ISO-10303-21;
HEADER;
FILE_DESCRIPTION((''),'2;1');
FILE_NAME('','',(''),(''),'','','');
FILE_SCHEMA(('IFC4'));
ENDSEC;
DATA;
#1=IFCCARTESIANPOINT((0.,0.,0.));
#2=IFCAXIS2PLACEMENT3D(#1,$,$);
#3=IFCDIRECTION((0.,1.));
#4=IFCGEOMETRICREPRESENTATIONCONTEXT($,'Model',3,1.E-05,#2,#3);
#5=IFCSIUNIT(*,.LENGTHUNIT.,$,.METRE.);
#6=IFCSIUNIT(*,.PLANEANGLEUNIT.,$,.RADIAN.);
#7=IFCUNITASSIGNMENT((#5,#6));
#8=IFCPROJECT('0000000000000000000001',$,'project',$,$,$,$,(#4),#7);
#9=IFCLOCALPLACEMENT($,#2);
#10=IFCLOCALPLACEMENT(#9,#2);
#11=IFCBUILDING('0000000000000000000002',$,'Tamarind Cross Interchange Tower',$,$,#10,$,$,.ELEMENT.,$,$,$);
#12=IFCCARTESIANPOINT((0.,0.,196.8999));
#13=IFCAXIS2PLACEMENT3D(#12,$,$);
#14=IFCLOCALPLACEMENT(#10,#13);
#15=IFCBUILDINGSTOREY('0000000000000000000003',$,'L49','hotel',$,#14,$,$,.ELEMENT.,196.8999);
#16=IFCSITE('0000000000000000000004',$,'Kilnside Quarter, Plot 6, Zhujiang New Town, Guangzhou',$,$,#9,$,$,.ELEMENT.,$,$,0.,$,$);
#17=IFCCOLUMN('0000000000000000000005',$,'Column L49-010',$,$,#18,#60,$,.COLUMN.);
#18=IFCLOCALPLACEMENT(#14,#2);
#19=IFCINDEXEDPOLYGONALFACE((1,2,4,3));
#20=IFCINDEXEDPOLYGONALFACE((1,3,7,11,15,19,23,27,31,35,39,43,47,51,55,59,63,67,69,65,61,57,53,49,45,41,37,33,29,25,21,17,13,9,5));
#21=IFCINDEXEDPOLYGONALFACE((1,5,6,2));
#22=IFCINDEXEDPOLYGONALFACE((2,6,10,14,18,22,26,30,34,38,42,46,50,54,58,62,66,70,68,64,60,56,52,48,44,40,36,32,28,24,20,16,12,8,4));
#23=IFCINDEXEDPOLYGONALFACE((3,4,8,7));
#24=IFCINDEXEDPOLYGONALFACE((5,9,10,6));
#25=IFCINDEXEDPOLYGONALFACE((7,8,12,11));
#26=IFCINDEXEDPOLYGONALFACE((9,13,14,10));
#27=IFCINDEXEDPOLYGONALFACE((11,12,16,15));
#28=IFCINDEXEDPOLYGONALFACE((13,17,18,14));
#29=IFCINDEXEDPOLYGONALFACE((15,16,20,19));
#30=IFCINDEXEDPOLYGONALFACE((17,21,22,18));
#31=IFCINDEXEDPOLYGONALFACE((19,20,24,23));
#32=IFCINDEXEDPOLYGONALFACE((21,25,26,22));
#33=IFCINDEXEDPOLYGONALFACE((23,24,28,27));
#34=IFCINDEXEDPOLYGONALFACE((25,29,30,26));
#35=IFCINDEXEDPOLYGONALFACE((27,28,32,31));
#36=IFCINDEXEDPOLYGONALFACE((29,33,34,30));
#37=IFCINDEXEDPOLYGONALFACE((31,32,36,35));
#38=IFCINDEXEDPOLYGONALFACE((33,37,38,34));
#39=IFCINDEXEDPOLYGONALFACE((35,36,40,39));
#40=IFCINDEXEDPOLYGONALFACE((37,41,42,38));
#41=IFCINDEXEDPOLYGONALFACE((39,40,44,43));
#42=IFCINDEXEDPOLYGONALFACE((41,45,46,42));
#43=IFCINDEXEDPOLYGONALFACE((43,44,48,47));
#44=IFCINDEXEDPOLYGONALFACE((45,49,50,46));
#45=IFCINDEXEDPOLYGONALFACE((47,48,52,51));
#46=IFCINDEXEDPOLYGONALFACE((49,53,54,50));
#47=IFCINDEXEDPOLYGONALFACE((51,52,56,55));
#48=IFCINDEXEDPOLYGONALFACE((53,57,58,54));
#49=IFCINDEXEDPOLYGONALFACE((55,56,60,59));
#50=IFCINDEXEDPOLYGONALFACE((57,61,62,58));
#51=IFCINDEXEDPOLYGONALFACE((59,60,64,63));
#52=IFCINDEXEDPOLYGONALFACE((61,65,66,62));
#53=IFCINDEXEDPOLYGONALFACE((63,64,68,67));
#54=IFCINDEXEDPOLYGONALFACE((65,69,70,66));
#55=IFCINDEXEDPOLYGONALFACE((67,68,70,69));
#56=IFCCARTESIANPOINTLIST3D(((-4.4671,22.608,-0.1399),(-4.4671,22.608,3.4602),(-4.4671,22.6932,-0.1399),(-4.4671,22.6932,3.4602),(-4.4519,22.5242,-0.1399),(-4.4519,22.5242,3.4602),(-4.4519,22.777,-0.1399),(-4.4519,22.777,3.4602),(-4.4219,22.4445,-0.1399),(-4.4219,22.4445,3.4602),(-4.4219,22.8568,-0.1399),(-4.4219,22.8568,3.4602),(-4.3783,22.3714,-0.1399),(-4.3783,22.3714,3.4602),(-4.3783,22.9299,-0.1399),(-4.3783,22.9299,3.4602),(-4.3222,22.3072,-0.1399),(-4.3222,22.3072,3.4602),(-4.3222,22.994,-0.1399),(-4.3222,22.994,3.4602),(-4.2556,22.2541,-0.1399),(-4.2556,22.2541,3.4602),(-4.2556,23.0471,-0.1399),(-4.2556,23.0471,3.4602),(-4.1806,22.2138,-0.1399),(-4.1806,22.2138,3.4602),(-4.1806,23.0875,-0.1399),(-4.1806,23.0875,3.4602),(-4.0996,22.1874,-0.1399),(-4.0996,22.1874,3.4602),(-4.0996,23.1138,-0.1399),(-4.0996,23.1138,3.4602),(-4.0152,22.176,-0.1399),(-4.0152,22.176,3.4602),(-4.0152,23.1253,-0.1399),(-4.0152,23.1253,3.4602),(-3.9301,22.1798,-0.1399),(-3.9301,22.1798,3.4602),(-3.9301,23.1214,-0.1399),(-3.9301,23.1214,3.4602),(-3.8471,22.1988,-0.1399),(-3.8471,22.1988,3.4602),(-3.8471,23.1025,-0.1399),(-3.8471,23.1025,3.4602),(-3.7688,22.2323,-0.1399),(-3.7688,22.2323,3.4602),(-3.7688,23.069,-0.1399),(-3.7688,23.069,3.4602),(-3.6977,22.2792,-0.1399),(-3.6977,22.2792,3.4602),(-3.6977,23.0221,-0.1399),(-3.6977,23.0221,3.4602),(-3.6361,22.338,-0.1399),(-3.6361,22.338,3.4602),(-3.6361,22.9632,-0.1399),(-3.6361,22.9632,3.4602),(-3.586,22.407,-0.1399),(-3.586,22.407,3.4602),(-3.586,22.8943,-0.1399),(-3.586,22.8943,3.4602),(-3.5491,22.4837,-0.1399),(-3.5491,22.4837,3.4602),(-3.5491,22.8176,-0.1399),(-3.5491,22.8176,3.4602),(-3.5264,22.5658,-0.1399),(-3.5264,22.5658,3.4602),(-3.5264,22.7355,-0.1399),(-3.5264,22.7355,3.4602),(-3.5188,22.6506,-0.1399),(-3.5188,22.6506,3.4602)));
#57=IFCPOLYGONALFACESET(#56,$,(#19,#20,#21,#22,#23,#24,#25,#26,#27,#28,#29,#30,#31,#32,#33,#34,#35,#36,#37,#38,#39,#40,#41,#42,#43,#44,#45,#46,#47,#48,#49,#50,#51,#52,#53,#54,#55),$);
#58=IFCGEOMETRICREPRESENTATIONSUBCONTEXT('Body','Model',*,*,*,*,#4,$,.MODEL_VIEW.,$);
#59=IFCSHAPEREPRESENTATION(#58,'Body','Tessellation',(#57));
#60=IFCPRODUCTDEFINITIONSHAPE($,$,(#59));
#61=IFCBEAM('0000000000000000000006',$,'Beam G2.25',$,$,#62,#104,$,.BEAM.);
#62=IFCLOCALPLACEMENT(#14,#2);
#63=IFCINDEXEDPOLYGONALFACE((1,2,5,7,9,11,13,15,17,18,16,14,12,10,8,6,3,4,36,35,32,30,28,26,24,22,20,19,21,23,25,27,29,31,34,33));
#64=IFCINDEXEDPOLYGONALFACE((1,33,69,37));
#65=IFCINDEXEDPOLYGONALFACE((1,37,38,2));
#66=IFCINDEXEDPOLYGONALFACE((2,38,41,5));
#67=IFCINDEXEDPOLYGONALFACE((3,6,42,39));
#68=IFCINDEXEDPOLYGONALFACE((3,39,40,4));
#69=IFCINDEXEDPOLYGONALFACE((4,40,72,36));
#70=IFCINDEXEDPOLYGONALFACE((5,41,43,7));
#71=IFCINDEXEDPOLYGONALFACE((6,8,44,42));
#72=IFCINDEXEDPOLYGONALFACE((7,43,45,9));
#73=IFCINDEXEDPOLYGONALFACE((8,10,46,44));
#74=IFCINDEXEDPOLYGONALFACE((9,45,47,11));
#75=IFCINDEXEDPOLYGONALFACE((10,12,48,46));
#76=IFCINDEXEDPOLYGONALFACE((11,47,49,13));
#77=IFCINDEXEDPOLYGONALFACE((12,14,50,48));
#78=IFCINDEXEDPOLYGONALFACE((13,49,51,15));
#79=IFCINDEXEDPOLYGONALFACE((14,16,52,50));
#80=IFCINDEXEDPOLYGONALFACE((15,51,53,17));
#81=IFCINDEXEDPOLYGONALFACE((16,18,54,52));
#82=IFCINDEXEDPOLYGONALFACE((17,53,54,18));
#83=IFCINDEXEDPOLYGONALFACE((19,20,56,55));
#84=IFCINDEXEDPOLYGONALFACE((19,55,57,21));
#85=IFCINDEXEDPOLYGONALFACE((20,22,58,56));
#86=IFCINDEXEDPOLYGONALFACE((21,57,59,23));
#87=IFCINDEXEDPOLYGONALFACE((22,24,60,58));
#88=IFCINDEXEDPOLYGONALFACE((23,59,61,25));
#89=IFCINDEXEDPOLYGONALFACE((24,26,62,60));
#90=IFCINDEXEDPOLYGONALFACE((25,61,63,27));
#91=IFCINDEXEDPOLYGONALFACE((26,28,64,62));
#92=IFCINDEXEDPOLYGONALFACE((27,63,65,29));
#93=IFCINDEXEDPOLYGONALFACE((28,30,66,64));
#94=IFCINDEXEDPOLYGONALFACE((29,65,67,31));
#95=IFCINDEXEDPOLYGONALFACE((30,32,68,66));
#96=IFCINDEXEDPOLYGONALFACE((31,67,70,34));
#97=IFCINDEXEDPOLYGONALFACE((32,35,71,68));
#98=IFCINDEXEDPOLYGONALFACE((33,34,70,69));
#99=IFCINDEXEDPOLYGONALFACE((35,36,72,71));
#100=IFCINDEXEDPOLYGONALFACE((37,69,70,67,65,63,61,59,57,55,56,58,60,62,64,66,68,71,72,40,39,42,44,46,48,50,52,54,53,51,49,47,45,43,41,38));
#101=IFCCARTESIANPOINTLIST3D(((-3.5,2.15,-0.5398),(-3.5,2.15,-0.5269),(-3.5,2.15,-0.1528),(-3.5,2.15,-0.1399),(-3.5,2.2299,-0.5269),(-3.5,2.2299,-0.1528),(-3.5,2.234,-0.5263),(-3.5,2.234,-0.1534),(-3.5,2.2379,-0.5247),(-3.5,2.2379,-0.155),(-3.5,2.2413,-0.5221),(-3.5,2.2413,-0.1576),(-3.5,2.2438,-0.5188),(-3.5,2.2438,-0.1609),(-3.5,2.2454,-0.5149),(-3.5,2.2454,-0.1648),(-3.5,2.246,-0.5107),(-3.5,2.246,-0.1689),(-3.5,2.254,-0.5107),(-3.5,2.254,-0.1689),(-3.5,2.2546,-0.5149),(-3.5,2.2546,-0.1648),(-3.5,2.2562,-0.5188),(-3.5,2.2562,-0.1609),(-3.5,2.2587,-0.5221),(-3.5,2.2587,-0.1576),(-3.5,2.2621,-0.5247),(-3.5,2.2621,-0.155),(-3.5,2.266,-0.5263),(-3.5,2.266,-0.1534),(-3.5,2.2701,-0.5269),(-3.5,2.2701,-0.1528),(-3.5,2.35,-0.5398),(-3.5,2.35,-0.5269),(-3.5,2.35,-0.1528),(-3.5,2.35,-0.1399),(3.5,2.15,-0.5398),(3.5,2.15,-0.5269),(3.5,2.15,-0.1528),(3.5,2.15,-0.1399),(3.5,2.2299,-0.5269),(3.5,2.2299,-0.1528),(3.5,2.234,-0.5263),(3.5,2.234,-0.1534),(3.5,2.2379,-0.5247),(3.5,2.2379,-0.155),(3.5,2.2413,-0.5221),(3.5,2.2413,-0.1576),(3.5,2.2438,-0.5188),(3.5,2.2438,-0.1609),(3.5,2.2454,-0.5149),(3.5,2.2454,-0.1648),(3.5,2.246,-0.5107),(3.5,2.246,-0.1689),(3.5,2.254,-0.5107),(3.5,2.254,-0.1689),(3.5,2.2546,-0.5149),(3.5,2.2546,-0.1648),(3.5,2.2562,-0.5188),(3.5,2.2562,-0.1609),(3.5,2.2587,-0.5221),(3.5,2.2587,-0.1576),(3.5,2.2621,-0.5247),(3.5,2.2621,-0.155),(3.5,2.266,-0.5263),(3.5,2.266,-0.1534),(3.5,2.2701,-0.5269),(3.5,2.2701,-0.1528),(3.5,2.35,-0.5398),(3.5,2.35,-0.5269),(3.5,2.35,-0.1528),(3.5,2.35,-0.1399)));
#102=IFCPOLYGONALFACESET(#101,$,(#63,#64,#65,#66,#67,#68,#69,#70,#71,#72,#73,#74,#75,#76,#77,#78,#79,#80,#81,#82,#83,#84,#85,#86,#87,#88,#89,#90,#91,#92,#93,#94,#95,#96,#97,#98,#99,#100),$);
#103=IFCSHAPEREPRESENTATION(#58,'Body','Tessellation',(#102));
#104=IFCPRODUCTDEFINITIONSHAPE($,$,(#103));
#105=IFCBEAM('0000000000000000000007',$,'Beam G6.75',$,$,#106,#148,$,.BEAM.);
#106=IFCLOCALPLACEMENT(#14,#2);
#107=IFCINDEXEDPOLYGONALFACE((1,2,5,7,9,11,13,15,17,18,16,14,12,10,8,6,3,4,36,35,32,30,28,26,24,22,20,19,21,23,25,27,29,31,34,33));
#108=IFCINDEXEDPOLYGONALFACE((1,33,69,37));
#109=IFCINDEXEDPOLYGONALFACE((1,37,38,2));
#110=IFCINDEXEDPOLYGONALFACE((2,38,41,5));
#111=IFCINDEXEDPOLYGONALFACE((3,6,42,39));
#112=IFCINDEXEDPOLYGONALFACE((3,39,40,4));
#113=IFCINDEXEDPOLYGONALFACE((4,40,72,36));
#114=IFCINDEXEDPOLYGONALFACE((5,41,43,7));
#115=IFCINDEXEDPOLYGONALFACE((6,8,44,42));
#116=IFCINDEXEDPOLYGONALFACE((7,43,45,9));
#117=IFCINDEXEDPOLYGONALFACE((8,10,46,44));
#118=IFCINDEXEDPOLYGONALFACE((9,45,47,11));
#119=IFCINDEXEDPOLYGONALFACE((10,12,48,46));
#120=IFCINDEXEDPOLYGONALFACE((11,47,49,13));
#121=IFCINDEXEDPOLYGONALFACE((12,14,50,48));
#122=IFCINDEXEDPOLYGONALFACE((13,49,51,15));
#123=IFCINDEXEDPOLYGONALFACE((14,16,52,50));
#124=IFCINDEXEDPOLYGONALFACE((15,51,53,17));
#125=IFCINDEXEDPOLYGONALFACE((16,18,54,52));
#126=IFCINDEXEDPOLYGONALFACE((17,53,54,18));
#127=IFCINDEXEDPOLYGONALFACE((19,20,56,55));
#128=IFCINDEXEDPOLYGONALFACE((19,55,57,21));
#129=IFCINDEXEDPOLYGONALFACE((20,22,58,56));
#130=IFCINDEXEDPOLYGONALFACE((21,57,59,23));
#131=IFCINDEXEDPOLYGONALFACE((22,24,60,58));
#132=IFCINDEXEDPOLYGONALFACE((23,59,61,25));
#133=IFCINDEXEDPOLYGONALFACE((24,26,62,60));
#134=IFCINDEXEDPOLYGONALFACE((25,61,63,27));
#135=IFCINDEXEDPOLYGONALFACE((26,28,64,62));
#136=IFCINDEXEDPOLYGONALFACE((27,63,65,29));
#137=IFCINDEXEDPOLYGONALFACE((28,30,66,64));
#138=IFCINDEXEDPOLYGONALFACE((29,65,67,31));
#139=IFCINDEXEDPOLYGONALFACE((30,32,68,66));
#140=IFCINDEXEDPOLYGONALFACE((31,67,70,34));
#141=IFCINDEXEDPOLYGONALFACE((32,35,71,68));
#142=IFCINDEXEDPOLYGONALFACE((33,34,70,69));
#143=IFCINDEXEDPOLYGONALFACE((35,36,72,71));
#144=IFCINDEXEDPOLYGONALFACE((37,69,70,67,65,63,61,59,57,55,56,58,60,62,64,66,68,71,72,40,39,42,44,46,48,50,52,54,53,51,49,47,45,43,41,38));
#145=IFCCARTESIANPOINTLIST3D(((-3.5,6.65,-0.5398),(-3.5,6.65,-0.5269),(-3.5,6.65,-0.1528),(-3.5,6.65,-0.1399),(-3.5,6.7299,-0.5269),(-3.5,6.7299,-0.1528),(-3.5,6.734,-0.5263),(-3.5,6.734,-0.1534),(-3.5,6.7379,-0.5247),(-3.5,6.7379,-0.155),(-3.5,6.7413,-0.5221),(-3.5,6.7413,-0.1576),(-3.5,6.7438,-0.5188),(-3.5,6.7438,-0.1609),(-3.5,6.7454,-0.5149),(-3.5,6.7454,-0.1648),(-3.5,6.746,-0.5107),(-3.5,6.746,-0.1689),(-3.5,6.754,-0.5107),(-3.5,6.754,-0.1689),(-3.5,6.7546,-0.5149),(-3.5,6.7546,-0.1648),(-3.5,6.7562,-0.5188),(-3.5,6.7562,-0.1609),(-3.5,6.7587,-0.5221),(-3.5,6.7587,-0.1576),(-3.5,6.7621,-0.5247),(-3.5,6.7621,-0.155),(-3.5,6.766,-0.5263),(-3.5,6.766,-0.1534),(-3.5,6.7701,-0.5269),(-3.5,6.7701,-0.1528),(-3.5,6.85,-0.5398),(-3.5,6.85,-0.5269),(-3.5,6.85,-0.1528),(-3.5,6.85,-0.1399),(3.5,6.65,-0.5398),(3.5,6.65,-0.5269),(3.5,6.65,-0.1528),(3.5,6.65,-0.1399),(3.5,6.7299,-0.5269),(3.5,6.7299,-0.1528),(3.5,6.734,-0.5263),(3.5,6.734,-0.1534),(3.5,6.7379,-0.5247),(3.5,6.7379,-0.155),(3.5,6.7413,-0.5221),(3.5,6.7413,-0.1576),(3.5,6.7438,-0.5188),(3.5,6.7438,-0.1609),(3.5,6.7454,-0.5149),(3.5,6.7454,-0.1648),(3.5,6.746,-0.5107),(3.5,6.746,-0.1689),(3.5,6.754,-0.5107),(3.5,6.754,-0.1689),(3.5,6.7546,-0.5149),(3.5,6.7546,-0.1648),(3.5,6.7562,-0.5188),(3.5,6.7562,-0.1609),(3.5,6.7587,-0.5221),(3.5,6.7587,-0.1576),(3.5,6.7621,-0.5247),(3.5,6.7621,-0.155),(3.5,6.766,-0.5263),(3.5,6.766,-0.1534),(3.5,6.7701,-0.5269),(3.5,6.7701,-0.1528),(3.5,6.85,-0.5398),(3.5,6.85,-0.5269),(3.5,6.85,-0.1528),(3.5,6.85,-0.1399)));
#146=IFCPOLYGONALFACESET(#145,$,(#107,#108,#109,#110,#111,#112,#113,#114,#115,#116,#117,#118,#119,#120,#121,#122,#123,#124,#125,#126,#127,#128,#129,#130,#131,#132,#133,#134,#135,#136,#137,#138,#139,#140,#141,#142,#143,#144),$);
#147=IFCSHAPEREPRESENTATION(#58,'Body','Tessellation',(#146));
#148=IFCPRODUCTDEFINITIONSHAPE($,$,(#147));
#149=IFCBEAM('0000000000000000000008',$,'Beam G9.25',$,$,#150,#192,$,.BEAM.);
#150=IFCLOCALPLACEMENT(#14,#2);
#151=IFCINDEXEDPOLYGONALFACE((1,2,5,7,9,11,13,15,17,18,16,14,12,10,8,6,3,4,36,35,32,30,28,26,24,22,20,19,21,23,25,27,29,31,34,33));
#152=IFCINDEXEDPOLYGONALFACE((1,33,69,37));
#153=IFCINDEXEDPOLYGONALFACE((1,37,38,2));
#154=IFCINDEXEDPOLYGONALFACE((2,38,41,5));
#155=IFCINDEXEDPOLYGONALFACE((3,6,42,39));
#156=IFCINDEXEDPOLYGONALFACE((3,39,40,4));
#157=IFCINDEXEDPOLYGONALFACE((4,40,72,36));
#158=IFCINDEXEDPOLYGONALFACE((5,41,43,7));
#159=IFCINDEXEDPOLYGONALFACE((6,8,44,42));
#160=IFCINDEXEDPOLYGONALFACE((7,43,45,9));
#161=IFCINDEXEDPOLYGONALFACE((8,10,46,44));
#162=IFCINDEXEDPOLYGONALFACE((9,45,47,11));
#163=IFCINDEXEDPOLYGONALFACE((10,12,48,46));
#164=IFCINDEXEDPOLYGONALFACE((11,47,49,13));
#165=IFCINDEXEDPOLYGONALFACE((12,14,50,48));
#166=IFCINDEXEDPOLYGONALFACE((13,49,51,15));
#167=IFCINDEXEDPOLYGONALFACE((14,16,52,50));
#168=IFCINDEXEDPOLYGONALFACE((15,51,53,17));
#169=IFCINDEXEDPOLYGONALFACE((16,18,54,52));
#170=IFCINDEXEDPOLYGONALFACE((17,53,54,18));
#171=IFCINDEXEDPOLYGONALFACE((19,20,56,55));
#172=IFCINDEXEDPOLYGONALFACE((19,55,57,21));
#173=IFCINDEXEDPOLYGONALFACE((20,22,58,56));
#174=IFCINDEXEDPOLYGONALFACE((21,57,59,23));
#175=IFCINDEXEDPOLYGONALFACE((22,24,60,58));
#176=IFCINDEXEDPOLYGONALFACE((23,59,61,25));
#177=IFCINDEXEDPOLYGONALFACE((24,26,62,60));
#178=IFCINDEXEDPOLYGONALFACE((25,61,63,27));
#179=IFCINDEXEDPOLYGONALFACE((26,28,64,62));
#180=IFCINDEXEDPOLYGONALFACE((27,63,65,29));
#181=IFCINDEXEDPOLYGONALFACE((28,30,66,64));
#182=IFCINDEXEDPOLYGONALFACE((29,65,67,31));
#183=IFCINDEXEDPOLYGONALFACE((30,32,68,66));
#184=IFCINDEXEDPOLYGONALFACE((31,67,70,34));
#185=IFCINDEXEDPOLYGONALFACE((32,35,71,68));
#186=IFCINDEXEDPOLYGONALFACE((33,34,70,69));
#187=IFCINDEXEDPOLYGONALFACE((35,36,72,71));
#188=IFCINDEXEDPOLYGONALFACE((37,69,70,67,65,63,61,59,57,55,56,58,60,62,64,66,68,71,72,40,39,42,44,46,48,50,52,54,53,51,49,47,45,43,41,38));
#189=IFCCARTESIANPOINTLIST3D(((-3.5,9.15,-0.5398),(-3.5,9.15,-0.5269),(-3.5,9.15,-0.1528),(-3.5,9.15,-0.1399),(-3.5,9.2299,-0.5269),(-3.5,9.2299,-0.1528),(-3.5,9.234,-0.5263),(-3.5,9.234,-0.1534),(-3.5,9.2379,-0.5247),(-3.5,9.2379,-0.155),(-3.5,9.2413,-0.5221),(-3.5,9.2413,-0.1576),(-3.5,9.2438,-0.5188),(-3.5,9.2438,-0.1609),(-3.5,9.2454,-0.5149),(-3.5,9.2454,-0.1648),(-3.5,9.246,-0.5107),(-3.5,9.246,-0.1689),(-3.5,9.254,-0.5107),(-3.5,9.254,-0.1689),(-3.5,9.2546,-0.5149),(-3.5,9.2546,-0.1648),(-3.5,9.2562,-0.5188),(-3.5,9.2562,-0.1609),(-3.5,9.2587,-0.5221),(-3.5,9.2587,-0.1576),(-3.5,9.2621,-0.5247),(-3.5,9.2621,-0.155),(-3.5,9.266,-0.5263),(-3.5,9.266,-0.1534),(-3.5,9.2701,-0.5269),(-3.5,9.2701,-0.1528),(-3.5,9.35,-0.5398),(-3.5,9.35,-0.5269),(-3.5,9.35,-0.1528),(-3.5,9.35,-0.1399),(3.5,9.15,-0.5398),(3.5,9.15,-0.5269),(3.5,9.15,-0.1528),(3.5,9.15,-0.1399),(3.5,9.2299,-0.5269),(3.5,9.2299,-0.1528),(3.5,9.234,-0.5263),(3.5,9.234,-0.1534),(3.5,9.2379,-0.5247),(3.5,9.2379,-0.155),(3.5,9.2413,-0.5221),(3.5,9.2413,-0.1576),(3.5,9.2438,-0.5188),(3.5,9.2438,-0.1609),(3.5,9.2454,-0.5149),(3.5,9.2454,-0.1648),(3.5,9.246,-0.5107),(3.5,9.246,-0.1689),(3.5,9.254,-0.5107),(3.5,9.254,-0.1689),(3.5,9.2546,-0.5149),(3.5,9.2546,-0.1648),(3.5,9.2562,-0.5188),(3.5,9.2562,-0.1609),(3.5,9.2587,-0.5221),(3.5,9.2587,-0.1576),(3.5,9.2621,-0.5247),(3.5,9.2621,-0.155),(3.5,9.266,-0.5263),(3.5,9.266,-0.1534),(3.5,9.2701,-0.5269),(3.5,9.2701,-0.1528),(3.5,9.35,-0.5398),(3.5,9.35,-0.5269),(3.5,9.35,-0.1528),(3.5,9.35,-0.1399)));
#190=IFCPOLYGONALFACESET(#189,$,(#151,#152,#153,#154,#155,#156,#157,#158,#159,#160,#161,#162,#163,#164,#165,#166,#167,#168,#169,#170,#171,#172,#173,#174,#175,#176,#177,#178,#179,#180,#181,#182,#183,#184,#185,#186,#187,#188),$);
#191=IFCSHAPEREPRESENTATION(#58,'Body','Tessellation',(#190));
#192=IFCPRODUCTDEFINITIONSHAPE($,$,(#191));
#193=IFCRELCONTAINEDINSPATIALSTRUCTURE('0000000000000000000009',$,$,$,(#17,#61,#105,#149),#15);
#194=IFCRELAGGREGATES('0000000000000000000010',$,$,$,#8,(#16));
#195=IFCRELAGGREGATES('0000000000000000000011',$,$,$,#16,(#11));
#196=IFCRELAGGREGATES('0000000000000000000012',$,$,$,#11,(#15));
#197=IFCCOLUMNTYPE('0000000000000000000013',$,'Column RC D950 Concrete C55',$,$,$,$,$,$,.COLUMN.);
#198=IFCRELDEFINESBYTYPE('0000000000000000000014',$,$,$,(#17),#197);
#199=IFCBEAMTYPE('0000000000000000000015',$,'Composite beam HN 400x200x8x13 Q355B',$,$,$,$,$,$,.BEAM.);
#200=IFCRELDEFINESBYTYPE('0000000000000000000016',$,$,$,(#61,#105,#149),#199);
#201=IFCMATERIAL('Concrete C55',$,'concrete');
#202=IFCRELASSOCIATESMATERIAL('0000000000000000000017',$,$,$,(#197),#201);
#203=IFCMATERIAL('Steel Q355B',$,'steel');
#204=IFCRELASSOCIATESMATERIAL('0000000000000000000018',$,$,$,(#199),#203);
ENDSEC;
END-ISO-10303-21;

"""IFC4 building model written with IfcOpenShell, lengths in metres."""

from ifc_helpers import new_model, si_unit, direction, frame, origin, origin_2d, place, context, subcontext, project, spatial, circle, i_section, extrude, material, material_profile, profile_set, type_object, element, save


model = new_model("IFC4")

# Units and contexts
model_context = context("Model", 3, precision=1e-05, world=origin(), true_north=direction((0.0, 1.0)))
body_context = subcontext(model_context, "Body", "Model", "MODEL_VIEW")
ifc_project = project(units=[si_unit("LENGTHUNIT", "METRE"), si_unit("PLANEANGLEUNIT", "RADIAN")], contexts=[model_context])

# Site, building, storey
site_placement = place(None, origin())
site = spatial("IfcSite", under=ifc_project, at=site_placement, Name="Kilnside Quarter, Plot 6, Zhujiang New Town, Guangzhou", CompositionType="ELEMENT", RefElevation=0.0)
building_placement = place(site_placement, origin())
building = spatial("IfcBuilding", under=site, at=building_placement, Name="Tamarind Cross Interchange Tower", CompositionType="ELEMENT")
storey_placement = place(building_placement, frame((0.0, 0.0, 196.8999)))
storey = spatial("IfcBuildingStorey", under=building, at=storey_placement, Name="L49", Description="hotel", CompositionType="ELEMENT", Elevation=196.8999)

# Column
ifc_material_1 = material(Name="Concrete C55", Category="concrete")
ifc_material_profile_1 = material_profile(ifc_material_1, circle(Radius=0.4751, at=origin_2d()), Name="RC D950")
ifc_profile_set_1 = profile_set([ifc_material_profile_1], Name="Concrete C55")
column_type = type_object("IfcColumnType", Name="Column RC D950 Concrete C55", PredefinedType="COLUMN", material=ifc_profile_set_1)
column_placement = place(storey_placement, frame((-3.9939, 22.6506, -0.1399), z_axis=(0.0, 0.0, 1.0), x_axis=(1.0, 0.0, 0.0)))
element("IfcColumn", 1, at=column_placement, inside=storey, type_object=column_type, Name="Column L49-010", PredefinedType="COLUMN", context=body_context, shape_type="SweptSolid", body=[
    extrude(circle(Radius=0.4751, at=origin_2d()), origin(), (0.0, 0.0, 1.0), 3.6001),
])

# Beams
ifc_material_2 = material(Name="Steel Q355B", Category="steel")
ifc_material_profile_2 = material_profile(ifc_material_2, i_section(OverallWidth=0.2, OverallDepth=0.3999, WebThickness=0.0081, FlangeThickness=0.0129, FilletRadius=0.0161, at=origin_2d()), Name="HN 400x200x8x13")
ifc_profile_set_2 = profile_set([ifc_material_profile_2], Name="Steel Q355B")
beam_type_1 = type_object("IfcBeamType", Name="Composite beam HN 400x200x8x13 Q355B", PredefinedType="BEAM", material=ifc_profile_set_2)
for number, where, z_axis, x_axis, name in (
    (2, (-3.5, 2.25, -0.3398), (1.0, 0.0, 0.0), (0.0, 1.0, 0.0), "Beam G2.25"),
    (3, (-3.5, 6.75, -0.3398), (1.0, 0.0, 0.0), (0.0, 1.0, 0.0), "Beam G6.75"),
    (4, (-3.5, 9.25, -0.3398), (1.0, 0.0, 0.0), (0.0, 1.0, 0.0), "Beam G9.25"),
):
    element("IfcBeam", number, at=place(storey_placement, frame(where, z_axis=z_axis, x_axis=x_axis)), inside=storey, type_object=beam_type_1, Name=name, PredefinedType="BEAM", context=body_context, shape_type="SweptSolid", body=[
        extrude(i_section(OverallWidth=0.2, OverallDepth=0.3999, WebThickness=0.0081, FlangeThickness=0.0129, FilletRadius=0.0161, at=origin_2d()), origin(), (0.0, 0.0, 1.0), 7.0),
    ])

save(model, "model.ifc")
